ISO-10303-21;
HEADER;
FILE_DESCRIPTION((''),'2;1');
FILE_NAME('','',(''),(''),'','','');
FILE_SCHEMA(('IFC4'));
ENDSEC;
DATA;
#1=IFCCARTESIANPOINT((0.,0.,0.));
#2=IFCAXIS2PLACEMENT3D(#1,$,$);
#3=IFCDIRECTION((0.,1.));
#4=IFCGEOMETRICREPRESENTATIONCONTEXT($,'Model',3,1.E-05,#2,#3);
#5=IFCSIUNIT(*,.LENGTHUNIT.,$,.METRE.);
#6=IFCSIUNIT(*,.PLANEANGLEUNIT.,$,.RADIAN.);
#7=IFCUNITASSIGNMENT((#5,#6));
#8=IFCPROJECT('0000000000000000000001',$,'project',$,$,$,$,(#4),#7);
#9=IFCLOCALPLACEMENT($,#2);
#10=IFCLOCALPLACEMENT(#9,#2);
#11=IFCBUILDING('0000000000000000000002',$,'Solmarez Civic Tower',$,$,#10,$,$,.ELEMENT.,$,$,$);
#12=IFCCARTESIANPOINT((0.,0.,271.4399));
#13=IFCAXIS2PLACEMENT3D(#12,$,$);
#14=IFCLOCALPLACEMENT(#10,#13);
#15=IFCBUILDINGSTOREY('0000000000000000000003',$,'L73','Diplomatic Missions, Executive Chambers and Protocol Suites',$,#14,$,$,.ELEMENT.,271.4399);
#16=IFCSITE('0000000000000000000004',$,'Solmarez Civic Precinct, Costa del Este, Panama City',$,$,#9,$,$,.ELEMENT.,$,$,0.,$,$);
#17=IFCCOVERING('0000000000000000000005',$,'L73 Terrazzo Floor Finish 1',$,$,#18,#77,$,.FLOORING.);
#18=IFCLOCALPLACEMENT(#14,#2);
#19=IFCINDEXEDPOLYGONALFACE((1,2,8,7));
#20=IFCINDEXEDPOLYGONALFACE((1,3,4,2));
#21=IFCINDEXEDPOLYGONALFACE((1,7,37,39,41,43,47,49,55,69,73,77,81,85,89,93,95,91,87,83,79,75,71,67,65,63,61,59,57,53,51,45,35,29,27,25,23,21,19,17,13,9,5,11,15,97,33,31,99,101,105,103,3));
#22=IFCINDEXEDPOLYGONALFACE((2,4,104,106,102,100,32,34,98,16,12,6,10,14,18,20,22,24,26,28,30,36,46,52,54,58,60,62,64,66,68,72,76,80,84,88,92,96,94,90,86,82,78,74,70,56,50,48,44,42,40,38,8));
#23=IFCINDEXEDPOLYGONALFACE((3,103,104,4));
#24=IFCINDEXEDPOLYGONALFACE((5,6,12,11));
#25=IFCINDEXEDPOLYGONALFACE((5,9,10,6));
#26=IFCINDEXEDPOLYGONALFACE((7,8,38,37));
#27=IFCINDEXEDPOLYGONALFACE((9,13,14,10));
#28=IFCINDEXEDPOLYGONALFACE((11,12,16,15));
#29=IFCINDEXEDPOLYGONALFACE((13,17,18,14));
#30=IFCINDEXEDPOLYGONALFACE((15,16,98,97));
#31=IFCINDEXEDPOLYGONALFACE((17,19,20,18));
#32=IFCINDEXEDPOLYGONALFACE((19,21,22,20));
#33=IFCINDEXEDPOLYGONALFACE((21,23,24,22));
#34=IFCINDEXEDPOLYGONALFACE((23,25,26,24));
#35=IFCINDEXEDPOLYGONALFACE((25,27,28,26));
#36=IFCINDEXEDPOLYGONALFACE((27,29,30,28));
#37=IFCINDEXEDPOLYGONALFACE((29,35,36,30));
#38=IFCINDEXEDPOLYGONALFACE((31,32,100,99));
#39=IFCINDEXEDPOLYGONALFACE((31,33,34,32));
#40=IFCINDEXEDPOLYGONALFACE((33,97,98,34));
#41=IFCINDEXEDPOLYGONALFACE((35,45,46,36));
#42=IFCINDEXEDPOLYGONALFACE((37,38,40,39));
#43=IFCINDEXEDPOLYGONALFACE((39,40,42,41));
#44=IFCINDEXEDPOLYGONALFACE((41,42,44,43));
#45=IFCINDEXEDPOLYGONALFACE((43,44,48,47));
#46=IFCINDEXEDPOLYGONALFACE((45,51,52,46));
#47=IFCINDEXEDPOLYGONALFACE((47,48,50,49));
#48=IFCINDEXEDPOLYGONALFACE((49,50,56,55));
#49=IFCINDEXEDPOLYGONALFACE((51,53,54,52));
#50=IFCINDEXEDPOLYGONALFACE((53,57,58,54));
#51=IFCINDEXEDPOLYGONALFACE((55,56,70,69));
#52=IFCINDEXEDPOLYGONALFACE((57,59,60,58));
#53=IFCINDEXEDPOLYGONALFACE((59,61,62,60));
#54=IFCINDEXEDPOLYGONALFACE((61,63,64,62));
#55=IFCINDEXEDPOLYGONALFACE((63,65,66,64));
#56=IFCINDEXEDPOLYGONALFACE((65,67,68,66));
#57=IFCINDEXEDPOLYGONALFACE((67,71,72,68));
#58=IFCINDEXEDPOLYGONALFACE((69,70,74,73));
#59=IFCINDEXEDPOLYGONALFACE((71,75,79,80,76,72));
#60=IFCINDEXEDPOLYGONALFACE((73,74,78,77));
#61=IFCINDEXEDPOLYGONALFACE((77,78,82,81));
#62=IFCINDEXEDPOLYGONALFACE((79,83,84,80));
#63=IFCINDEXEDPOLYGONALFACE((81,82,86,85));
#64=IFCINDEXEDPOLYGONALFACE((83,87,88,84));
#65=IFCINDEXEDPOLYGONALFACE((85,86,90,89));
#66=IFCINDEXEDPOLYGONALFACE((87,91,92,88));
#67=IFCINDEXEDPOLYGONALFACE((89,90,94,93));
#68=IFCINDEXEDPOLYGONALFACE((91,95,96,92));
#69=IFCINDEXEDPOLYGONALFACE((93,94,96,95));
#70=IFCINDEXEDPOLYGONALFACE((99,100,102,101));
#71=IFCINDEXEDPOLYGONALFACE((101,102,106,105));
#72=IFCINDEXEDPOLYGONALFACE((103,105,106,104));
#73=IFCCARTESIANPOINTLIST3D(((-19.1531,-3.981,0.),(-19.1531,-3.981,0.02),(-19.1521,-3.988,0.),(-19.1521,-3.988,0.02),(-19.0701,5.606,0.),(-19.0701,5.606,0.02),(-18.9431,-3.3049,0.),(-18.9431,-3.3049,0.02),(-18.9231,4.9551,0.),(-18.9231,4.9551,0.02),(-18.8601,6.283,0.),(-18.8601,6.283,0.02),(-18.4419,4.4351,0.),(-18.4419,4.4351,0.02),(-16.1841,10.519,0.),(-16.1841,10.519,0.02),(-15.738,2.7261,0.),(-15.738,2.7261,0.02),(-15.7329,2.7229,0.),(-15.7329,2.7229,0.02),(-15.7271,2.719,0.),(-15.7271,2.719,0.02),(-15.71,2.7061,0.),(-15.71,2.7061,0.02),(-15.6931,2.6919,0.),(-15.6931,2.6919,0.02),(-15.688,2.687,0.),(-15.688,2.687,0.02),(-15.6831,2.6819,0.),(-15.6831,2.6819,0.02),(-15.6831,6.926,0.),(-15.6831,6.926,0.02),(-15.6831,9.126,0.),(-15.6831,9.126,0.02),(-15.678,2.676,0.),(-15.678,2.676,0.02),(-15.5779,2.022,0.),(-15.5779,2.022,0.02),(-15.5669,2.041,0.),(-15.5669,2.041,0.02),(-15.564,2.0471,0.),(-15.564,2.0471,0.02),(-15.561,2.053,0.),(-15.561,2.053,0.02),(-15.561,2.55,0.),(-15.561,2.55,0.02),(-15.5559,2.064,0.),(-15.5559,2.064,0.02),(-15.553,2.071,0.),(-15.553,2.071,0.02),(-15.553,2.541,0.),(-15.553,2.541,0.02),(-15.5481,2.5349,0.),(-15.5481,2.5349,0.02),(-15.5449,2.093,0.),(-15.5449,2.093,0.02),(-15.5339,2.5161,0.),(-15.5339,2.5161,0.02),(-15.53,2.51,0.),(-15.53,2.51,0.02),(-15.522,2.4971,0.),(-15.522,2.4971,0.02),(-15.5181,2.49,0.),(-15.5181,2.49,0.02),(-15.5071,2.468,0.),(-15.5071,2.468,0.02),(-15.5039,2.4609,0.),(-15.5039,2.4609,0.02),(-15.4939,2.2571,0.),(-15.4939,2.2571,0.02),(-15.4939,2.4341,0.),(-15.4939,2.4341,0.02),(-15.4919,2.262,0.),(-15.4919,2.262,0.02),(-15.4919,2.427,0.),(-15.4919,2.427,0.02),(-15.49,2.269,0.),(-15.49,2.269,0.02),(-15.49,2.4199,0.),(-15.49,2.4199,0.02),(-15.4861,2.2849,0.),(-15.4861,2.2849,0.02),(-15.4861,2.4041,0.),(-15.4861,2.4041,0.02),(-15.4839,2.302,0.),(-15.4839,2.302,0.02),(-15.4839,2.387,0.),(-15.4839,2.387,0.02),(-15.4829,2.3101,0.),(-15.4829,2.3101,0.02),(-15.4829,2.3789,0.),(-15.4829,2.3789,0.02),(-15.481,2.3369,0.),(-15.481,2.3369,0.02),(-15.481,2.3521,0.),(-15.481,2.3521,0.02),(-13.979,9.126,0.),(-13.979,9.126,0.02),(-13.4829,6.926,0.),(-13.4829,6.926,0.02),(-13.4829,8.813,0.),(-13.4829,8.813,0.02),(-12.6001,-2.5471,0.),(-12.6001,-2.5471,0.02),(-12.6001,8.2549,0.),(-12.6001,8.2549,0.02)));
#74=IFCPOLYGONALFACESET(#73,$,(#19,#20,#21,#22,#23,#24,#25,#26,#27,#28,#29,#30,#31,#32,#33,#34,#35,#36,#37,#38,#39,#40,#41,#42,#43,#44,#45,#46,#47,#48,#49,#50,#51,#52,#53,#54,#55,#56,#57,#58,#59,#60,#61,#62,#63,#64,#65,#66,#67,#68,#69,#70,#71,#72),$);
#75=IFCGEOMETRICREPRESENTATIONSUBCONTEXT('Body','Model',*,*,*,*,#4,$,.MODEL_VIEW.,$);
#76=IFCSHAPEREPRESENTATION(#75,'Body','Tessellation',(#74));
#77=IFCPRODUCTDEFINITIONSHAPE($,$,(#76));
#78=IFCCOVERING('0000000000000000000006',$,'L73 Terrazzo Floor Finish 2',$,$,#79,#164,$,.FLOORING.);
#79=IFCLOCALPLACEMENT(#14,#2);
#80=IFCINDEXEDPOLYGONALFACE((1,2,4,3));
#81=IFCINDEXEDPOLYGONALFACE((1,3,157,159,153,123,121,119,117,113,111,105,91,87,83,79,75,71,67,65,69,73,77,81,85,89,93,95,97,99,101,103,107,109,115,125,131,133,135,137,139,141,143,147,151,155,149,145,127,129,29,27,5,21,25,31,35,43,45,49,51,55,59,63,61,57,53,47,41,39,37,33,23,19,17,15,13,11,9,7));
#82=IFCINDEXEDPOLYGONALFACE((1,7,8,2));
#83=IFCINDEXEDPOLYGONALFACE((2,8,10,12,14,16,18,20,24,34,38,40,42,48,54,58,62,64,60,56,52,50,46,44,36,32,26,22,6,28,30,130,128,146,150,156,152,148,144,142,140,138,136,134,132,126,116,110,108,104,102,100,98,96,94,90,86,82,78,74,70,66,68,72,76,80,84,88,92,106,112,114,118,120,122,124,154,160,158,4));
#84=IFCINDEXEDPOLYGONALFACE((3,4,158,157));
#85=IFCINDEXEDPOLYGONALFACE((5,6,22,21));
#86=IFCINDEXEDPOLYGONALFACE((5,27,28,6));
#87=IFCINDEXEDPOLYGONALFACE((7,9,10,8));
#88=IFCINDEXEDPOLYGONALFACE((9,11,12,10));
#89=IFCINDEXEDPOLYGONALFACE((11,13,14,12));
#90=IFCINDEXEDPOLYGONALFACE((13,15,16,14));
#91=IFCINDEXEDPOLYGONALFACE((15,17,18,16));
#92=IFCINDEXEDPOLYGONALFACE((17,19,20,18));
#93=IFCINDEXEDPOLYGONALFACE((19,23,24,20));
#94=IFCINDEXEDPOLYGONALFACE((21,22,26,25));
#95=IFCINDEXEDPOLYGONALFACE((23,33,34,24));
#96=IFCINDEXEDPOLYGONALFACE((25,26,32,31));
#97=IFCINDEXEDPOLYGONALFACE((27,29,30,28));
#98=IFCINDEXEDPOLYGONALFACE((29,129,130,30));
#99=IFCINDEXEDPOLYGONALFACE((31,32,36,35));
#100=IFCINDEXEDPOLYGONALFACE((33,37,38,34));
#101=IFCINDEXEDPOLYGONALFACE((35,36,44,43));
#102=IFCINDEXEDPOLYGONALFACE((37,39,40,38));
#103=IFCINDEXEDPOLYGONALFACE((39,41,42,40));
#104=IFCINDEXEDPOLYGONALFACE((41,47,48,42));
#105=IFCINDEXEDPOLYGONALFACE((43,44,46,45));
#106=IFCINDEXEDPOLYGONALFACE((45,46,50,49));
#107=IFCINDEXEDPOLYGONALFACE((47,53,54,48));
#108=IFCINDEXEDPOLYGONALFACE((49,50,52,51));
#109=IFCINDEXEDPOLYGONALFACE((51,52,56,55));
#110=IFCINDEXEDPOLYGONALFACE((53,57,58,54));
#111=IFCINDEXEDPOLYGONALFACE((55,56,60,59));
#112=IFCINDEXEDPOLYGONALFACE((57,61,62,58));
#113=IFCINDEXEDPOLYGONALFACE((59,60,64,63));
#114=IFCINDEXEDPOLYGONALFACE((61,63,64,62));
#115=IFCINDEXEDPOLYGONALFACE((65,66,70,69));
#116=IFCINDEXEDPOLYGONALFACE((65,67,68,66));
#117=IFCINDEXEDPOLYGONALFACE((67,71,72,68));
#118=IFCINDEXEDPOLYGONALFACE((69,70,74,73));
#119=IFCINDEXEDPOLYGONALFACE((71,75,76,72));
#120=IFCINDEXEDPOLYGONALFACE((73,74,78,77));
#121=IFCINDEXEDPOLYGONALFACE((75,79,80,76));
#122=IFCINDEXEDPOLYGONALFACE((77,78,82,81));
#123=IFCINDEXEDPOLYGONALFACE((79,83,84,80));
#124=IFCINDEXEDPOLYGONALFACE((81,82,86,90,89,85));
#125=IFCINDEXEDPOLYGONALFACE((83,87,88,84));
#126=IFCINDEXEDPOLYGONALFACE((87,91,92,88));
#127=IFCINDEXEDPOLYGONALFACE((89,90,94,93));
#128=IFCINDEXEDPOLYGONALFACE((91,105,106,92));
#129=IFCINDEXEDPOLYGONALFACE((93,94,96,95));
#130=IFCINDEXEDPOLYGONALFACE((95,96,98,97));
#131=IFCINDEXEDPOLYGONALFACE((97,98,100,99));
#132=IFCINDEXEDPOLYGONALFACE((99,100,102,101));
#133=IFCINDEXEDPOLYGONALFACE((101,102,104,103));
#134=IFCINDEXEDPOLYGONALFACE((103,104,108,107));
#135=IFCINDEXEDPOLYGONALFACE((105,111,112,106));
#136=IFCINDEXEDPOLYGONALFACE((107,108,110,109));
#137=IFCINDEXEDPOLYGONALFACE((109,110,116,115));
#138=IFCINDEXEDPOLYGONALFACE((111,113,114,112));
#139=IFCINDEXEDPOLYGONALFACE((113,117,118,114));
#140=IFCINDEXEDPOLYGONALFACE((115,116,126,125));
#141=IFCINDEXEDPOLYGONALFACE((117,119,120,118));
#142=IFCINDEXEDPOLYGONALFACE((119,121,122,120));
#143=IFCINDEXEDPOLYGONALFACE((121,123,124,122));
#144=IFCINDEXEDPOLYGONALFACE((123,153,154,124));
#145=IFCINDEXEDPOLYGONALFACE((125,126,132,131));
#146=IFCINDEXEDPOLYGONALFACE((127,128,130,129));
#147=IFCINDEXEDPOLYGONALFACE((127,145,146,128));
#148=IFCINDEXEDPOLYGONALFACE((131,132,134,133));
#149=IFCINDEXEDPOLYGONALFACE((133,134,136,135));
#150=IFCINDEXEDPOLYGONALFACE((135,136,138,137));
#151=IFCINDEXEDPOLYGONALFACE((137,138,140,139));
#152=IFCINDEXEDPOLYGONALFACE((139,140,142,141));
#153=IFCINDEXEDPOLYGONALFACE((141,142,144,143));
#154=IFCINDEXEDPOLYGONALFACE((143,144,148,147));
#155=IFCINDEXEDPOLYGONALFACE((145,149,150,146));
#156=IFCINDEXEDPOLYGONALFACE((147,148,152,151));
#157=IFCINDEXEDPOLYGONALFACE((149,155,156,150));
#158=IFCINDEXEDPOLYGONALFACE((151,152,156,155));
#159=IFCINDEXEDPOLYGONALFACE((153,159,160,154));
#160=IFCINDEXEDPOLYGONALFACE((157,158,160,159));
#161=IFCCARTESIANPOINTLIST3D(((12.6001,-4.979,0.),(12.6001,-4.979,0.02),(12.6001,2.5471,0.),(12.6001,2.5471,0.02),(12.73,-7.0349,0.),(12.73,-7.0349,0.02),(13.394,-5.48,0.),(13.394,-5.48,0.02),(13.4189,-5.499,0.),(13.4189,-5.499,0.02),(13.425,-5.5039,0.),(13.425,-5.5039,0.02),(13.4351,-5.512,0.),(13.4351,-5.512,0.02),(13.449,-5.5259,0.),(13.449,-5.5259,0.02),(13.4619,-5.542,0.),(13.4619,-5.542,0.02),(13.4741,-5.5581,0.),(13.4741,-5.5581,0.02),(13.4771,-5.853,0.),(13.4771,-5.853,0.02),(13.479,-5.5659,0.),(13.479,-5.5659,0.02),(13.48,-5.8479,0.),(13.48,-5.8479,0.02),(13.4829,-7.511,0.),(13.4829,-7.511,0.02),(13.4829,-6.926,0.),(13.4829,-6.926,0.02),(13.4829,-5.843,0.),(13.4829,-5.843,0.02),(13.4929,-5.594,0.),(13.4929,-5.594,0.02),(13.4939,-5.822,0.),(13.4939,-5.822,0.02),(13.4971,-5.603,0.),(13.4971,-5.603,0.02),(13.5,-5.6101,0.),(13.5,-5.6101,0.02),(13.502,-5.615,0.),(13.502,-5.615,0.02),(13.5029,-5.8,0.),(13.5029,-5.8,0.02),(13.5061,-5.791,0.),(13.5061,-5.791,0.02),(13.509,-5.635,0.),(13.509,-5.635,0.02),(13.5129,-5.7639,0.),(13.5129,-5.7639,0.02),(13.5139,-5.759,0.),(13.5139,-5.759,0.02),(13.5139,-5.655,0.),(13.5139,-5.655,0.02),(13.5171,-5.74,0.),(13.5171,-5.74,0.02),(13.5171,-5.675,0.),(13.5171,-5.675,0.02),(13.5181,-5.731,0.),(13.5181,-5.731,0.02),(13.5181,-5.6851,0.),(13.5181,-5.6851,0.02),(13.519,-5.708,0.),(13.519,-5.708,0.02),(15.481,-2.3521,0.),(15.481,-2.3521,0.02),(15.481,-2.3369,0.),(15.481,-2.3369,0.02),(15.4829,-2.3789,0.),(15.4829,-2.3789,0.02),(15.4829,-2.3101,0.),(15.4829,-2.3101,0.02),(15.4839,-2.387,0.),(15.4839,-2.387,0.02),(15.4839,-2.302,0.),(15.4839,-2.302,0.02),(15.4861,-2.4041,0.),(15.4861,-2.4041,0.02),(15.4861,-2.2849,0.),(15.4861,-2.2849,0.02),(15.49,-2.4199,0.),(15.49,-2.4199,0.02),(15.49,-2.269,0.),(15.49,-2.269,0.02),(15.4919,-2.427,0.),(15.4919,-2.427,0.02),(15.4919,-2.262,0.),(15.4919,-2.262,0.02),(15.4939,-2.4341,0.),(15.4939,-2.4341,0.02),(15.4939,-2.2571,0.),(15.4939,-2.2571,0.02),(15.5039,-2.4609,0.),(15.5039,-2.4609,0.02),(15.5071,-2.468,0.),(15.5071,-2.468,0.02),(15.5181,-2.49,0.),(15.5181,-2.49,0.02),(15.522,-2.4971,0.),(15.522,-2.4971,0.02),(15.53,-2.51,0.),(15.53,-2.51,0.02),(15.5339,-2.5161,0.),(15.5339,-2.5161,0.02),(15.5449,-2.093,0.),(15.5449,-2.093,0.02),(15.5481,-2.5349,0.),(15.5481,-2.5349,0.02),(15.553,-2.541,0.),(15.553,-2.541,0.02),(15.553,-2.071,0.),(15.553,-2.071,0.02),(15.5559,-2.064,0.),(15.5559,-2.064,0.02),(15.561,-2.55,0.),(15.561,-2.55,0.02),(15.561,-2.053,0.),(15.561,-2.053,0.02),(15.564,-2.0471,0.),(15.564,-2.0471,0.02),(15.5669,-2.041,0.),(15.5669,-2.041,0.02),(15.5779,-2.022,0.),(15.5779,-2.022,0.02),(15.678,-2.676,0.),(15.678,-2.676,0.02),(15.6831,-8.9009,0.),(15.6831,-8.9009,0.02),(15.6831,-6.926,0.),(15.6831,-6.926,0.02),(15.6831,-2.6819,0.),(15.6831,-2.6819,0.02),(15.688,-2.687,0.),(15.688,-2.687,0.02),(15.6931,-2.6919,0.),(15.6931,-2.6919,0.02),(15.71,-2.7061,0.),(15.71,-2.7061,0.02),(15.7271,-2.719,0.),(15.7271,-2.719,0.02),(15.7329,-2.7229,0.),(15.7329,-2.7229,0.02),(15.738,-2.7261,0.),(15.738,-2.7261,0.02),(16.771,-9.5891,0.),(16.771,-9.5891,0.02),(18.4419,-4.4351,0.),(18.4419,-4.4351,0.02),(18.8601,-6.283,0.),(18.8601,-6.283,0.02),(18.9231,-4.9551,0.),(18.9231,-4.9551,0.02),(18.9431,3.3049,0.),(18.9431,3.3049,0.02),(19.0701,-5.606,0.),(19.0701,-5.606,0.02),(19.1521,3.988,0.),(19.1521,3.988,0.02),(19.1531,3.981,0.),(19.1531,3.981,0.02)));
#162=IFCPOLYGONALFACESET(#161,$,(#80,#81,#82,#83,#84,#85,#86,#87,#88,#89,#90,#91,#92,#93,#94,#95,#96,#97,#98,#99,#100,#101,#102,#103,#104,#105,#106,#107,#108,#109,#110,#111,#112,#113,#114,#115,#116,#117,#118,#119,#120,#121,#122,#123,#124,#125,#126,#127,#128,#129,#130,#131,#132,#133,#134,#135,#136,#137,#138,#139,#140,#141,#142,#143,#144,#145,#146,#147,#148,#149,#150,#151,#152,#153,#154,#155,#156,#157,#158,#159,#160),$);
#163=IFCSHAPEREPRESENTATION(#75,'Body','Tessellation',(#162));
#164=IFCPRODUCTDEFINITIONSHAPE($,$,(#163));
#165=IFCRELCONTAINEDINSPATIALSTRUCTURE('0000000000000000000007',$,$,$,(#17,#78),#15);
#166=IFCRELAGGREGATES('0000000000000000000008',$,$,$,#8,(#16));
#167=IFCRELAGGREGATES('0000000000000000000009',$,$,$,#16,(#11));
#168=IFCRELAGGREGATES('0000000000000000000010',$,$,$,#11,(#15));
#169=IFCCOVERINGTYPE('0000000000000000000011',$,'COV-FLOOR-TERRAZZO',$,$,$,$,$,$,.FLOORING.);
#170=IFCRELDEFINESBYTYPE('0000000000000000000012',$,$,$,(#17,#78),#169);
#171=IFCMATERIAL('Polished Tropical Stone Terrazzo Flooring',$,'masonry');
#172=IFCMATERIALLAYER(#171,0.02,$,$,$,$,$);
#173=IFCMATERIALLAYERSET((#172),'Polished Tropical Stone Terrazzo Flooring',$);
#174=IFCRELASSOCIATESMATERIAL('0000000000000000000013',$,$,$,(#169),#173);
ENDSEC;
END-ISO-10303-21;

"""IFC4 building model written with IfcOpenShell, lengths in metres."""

from ifc_helpers import new_model, si_unit, direction, frame, origin, place, context, subcontext, project, spatial, polyline, outline, extrude, material, layer, layer_set, type_object, element, save


model = new_model("IFC4")

# Units and contexts
model_context = context("Model", 3, precision=1e-05, world=origin(), true_north=direction((0.0, 1.0)))
body_context = subcontext(model_context, "Body", "Model", "MODEL_VIEW")
ifc_project = project(units=[si_unit("LENGTHUNIT", "METRE"), si_unit("PLANEANGLEUNIT", "RADIAN")], contexts=[model_context])

# Site, building, storey
site_placement = place(None, origin())
site = spatial("IfcSite", under=ifc_project, at=site_placement, Name="Solmarez Civic Precinct, Costa del Este, Panama City", CompositionType="ELEMENT", RefElevation=0.0)
building_placement = place(site_placement, origin())
building = spatial("IfcBuilding", under=site, at=building_placement, Name="Solmarez Civic Tower", CompositionType="ELEMENT")
storey_placement = place(building_placement, frame((0.0, 0.0, 271.4399)))
storey = spatial("IfcBuildingStorey", under=building, at=storey_placement, Name="L73", Description="Diplomatic Missions, Executive Chambers and Protocol Suites", CompositionType="ELEMENT", Elevation=271.4399)

# Coverings
ifc_material_1 = material(Name="Polished Tropical Stone Terrazzo Flooring", Category="masonry")
ifc_layer_1 = layer(ifc_material_1, 0.02)
ifc_layer_set_1 = layer_set([ifc_layer_1], Name="Polished Tropical Stone Terrazzo Flooring")
covering_type_1 = type_object("IfcCoveringType", Name="COV-FLOOR-TERRAZZO", PredefinedType="FLOORING", material=ifc_layer_set_1)
covering_1_placement = place(storey_placement, origin())
element("IfcCovering", 1, at=covering_1_placement, inside=storey, type_object=covering_type_1, Name="L73 Terrazzo Floor Finish 1", PredefinedType="FLOORING", context=body_context, shape_type="SweptSolid", body=[
    extrude(outline(polyline([(-12.6001, -2.5471), (-12.6001, 8.2549), (-13.4829, 8.813), (-13.4829, 6.926), (-15.6831, 6.926), (-15.6831, 9.126), (-13.979, 9.126), (-16.1841, 10.519), (-18.8601, 6.283), (-19.0701, 5.606), (-18.9231, 4.9551), (-18.4419, 4.4351), (-15.738, 2.7261), (-15.7329, 2.7229), (-15.7271, 2.719), (-15.71, 2.7061), (-15.6931, 2.6919), (-15.688, 2.687), (-15.6831, 2.6819), (-15.678, 2.676), (-15.561, 2.55), (-15.553, 2.541), (-15.5481, 2.5349), (-15.5339, 2.5161), (-15.53, 2.51), (-15.522, 2.4971), (-15.5181, 2.49), (-15.5071, 2.468), (-15.5039, 2.4609), (-15.4939, 2.4341), (-15.4919, 2.427), (-15.49, 2.4199), (-15.4861, 2.4041), (-15.4839, 2.387), (-15.4829, 2.3789), (-15.481, 2.3521), (-15.481, 2.3369), (-15.4829, 2.3101), (-15.4839, 2.302), (-15.4861, 2.2849), (-15.49, 2.269), (-15.4919, 2.262), (-15.4939, 2.2571), (-15.5449, 2.093), (-15.553, 2.071), (-15.5559, 2.064), (-15.561, 2.053), (-15.564, 2.0471), (-15.5669, 2.041), (-15.5779, 2.022), (-18.9431, -3.3049), (-19.1531, -3.981), (-19.1521, -3.988), (-12.6001, -2.5471)])), origin(), (0.0, 0.0, 1.0), 0.02),
])
covering_2_placement = place(storey_placement, origin())
element("IfcCovering", 2, at=covering_2_placement, inside=storey, type_object=covering_type_1, Name="L73 Terrazzo Floor Finish 2", PredefinedType="FLOORING", context=body_context, shape_type="SweptSolid", body=[
    extrude(outline(polyline([(12.6001, 2.5471), (12.6001, -4.979), (13.394, -5.48), (13.4189, -5.499), (13.425, -5.5039), (13.4351, -5.512), (13.449, -5.5259), (13.4619, -5.542), (13.4741, -5.5581), (13.479, -5.5659), (13.4929, -5.594), (13.4971, -5.603), (13.5, -5.6101), (13.502, -5.615), (13.509, -5.635), (13.5139, -5.655), (13.5171, -5.675), (13.5181, -5.6851), (13.519, -5.708), (13.5181, -5.731), (13.5171, -5.74), (13.5139, -5.759), (13.5129, -5.7639), (13.5061, -5.791), (13.5029, -5.8), (13.4939, -5.822), (13.4829, -5.843), (13.48, -5.8479), (13.4771, -5.853), (12.73, -7.0349), (13.4829, -7.511), (13.4829, -6.926), (15.6831, -6.926), (15.6831, -8.9009), (16.771, -9.5891), (18.8601, -6.283), (19.0701, -5.606), (18.9231, -4.9551), (18.4419, -4.4351), (15.738, -2.7261), (15.7329, -2.7229), (15.7271, -2.719), (15.71, -2.7061), (15.6931, -2.6919), (15.688, -2.687), (15.6831, -2.6819), (15.678, -2.676), (15.561, -2.55), (15.553, -2.541), (15.5481, -2.5349), (15.5339, -2.5161), (15.53, -2.51), (15.522, -2.4971), (15.5181, -2.49), (15.5071, -2.468), (15.5039, -2.4609), (15.4939, -2.4341), (15.4919, -2.427), (15.49, -2.4199), (15.4861, -2.4041), (15.4839, -2.387), (15.4829, -2.3789), (15.481, -2.3521), (15.481, -2.3369), (15.4829, -2.3101), (15.4839, -2.302), (15.4861, -2.2849), (15.49, -2.269), (15.4919, -2.262), (15.4939, -2.2571), (15.5449, -2.093), (15.553, -2.071), (15.5559, -2.064), (15.561, -2.053), (15.564, -2.0471), (15.5669, -2.041), (15.5779, -2.022), (18.9431, 3.3049), (19.1531, 3.981), (19.1521, 3.988), (12.6001, 2.5471)])), origin(), (0.0, 0.0, 1.0), 0.02),
])

save(model, "model.ifc")
